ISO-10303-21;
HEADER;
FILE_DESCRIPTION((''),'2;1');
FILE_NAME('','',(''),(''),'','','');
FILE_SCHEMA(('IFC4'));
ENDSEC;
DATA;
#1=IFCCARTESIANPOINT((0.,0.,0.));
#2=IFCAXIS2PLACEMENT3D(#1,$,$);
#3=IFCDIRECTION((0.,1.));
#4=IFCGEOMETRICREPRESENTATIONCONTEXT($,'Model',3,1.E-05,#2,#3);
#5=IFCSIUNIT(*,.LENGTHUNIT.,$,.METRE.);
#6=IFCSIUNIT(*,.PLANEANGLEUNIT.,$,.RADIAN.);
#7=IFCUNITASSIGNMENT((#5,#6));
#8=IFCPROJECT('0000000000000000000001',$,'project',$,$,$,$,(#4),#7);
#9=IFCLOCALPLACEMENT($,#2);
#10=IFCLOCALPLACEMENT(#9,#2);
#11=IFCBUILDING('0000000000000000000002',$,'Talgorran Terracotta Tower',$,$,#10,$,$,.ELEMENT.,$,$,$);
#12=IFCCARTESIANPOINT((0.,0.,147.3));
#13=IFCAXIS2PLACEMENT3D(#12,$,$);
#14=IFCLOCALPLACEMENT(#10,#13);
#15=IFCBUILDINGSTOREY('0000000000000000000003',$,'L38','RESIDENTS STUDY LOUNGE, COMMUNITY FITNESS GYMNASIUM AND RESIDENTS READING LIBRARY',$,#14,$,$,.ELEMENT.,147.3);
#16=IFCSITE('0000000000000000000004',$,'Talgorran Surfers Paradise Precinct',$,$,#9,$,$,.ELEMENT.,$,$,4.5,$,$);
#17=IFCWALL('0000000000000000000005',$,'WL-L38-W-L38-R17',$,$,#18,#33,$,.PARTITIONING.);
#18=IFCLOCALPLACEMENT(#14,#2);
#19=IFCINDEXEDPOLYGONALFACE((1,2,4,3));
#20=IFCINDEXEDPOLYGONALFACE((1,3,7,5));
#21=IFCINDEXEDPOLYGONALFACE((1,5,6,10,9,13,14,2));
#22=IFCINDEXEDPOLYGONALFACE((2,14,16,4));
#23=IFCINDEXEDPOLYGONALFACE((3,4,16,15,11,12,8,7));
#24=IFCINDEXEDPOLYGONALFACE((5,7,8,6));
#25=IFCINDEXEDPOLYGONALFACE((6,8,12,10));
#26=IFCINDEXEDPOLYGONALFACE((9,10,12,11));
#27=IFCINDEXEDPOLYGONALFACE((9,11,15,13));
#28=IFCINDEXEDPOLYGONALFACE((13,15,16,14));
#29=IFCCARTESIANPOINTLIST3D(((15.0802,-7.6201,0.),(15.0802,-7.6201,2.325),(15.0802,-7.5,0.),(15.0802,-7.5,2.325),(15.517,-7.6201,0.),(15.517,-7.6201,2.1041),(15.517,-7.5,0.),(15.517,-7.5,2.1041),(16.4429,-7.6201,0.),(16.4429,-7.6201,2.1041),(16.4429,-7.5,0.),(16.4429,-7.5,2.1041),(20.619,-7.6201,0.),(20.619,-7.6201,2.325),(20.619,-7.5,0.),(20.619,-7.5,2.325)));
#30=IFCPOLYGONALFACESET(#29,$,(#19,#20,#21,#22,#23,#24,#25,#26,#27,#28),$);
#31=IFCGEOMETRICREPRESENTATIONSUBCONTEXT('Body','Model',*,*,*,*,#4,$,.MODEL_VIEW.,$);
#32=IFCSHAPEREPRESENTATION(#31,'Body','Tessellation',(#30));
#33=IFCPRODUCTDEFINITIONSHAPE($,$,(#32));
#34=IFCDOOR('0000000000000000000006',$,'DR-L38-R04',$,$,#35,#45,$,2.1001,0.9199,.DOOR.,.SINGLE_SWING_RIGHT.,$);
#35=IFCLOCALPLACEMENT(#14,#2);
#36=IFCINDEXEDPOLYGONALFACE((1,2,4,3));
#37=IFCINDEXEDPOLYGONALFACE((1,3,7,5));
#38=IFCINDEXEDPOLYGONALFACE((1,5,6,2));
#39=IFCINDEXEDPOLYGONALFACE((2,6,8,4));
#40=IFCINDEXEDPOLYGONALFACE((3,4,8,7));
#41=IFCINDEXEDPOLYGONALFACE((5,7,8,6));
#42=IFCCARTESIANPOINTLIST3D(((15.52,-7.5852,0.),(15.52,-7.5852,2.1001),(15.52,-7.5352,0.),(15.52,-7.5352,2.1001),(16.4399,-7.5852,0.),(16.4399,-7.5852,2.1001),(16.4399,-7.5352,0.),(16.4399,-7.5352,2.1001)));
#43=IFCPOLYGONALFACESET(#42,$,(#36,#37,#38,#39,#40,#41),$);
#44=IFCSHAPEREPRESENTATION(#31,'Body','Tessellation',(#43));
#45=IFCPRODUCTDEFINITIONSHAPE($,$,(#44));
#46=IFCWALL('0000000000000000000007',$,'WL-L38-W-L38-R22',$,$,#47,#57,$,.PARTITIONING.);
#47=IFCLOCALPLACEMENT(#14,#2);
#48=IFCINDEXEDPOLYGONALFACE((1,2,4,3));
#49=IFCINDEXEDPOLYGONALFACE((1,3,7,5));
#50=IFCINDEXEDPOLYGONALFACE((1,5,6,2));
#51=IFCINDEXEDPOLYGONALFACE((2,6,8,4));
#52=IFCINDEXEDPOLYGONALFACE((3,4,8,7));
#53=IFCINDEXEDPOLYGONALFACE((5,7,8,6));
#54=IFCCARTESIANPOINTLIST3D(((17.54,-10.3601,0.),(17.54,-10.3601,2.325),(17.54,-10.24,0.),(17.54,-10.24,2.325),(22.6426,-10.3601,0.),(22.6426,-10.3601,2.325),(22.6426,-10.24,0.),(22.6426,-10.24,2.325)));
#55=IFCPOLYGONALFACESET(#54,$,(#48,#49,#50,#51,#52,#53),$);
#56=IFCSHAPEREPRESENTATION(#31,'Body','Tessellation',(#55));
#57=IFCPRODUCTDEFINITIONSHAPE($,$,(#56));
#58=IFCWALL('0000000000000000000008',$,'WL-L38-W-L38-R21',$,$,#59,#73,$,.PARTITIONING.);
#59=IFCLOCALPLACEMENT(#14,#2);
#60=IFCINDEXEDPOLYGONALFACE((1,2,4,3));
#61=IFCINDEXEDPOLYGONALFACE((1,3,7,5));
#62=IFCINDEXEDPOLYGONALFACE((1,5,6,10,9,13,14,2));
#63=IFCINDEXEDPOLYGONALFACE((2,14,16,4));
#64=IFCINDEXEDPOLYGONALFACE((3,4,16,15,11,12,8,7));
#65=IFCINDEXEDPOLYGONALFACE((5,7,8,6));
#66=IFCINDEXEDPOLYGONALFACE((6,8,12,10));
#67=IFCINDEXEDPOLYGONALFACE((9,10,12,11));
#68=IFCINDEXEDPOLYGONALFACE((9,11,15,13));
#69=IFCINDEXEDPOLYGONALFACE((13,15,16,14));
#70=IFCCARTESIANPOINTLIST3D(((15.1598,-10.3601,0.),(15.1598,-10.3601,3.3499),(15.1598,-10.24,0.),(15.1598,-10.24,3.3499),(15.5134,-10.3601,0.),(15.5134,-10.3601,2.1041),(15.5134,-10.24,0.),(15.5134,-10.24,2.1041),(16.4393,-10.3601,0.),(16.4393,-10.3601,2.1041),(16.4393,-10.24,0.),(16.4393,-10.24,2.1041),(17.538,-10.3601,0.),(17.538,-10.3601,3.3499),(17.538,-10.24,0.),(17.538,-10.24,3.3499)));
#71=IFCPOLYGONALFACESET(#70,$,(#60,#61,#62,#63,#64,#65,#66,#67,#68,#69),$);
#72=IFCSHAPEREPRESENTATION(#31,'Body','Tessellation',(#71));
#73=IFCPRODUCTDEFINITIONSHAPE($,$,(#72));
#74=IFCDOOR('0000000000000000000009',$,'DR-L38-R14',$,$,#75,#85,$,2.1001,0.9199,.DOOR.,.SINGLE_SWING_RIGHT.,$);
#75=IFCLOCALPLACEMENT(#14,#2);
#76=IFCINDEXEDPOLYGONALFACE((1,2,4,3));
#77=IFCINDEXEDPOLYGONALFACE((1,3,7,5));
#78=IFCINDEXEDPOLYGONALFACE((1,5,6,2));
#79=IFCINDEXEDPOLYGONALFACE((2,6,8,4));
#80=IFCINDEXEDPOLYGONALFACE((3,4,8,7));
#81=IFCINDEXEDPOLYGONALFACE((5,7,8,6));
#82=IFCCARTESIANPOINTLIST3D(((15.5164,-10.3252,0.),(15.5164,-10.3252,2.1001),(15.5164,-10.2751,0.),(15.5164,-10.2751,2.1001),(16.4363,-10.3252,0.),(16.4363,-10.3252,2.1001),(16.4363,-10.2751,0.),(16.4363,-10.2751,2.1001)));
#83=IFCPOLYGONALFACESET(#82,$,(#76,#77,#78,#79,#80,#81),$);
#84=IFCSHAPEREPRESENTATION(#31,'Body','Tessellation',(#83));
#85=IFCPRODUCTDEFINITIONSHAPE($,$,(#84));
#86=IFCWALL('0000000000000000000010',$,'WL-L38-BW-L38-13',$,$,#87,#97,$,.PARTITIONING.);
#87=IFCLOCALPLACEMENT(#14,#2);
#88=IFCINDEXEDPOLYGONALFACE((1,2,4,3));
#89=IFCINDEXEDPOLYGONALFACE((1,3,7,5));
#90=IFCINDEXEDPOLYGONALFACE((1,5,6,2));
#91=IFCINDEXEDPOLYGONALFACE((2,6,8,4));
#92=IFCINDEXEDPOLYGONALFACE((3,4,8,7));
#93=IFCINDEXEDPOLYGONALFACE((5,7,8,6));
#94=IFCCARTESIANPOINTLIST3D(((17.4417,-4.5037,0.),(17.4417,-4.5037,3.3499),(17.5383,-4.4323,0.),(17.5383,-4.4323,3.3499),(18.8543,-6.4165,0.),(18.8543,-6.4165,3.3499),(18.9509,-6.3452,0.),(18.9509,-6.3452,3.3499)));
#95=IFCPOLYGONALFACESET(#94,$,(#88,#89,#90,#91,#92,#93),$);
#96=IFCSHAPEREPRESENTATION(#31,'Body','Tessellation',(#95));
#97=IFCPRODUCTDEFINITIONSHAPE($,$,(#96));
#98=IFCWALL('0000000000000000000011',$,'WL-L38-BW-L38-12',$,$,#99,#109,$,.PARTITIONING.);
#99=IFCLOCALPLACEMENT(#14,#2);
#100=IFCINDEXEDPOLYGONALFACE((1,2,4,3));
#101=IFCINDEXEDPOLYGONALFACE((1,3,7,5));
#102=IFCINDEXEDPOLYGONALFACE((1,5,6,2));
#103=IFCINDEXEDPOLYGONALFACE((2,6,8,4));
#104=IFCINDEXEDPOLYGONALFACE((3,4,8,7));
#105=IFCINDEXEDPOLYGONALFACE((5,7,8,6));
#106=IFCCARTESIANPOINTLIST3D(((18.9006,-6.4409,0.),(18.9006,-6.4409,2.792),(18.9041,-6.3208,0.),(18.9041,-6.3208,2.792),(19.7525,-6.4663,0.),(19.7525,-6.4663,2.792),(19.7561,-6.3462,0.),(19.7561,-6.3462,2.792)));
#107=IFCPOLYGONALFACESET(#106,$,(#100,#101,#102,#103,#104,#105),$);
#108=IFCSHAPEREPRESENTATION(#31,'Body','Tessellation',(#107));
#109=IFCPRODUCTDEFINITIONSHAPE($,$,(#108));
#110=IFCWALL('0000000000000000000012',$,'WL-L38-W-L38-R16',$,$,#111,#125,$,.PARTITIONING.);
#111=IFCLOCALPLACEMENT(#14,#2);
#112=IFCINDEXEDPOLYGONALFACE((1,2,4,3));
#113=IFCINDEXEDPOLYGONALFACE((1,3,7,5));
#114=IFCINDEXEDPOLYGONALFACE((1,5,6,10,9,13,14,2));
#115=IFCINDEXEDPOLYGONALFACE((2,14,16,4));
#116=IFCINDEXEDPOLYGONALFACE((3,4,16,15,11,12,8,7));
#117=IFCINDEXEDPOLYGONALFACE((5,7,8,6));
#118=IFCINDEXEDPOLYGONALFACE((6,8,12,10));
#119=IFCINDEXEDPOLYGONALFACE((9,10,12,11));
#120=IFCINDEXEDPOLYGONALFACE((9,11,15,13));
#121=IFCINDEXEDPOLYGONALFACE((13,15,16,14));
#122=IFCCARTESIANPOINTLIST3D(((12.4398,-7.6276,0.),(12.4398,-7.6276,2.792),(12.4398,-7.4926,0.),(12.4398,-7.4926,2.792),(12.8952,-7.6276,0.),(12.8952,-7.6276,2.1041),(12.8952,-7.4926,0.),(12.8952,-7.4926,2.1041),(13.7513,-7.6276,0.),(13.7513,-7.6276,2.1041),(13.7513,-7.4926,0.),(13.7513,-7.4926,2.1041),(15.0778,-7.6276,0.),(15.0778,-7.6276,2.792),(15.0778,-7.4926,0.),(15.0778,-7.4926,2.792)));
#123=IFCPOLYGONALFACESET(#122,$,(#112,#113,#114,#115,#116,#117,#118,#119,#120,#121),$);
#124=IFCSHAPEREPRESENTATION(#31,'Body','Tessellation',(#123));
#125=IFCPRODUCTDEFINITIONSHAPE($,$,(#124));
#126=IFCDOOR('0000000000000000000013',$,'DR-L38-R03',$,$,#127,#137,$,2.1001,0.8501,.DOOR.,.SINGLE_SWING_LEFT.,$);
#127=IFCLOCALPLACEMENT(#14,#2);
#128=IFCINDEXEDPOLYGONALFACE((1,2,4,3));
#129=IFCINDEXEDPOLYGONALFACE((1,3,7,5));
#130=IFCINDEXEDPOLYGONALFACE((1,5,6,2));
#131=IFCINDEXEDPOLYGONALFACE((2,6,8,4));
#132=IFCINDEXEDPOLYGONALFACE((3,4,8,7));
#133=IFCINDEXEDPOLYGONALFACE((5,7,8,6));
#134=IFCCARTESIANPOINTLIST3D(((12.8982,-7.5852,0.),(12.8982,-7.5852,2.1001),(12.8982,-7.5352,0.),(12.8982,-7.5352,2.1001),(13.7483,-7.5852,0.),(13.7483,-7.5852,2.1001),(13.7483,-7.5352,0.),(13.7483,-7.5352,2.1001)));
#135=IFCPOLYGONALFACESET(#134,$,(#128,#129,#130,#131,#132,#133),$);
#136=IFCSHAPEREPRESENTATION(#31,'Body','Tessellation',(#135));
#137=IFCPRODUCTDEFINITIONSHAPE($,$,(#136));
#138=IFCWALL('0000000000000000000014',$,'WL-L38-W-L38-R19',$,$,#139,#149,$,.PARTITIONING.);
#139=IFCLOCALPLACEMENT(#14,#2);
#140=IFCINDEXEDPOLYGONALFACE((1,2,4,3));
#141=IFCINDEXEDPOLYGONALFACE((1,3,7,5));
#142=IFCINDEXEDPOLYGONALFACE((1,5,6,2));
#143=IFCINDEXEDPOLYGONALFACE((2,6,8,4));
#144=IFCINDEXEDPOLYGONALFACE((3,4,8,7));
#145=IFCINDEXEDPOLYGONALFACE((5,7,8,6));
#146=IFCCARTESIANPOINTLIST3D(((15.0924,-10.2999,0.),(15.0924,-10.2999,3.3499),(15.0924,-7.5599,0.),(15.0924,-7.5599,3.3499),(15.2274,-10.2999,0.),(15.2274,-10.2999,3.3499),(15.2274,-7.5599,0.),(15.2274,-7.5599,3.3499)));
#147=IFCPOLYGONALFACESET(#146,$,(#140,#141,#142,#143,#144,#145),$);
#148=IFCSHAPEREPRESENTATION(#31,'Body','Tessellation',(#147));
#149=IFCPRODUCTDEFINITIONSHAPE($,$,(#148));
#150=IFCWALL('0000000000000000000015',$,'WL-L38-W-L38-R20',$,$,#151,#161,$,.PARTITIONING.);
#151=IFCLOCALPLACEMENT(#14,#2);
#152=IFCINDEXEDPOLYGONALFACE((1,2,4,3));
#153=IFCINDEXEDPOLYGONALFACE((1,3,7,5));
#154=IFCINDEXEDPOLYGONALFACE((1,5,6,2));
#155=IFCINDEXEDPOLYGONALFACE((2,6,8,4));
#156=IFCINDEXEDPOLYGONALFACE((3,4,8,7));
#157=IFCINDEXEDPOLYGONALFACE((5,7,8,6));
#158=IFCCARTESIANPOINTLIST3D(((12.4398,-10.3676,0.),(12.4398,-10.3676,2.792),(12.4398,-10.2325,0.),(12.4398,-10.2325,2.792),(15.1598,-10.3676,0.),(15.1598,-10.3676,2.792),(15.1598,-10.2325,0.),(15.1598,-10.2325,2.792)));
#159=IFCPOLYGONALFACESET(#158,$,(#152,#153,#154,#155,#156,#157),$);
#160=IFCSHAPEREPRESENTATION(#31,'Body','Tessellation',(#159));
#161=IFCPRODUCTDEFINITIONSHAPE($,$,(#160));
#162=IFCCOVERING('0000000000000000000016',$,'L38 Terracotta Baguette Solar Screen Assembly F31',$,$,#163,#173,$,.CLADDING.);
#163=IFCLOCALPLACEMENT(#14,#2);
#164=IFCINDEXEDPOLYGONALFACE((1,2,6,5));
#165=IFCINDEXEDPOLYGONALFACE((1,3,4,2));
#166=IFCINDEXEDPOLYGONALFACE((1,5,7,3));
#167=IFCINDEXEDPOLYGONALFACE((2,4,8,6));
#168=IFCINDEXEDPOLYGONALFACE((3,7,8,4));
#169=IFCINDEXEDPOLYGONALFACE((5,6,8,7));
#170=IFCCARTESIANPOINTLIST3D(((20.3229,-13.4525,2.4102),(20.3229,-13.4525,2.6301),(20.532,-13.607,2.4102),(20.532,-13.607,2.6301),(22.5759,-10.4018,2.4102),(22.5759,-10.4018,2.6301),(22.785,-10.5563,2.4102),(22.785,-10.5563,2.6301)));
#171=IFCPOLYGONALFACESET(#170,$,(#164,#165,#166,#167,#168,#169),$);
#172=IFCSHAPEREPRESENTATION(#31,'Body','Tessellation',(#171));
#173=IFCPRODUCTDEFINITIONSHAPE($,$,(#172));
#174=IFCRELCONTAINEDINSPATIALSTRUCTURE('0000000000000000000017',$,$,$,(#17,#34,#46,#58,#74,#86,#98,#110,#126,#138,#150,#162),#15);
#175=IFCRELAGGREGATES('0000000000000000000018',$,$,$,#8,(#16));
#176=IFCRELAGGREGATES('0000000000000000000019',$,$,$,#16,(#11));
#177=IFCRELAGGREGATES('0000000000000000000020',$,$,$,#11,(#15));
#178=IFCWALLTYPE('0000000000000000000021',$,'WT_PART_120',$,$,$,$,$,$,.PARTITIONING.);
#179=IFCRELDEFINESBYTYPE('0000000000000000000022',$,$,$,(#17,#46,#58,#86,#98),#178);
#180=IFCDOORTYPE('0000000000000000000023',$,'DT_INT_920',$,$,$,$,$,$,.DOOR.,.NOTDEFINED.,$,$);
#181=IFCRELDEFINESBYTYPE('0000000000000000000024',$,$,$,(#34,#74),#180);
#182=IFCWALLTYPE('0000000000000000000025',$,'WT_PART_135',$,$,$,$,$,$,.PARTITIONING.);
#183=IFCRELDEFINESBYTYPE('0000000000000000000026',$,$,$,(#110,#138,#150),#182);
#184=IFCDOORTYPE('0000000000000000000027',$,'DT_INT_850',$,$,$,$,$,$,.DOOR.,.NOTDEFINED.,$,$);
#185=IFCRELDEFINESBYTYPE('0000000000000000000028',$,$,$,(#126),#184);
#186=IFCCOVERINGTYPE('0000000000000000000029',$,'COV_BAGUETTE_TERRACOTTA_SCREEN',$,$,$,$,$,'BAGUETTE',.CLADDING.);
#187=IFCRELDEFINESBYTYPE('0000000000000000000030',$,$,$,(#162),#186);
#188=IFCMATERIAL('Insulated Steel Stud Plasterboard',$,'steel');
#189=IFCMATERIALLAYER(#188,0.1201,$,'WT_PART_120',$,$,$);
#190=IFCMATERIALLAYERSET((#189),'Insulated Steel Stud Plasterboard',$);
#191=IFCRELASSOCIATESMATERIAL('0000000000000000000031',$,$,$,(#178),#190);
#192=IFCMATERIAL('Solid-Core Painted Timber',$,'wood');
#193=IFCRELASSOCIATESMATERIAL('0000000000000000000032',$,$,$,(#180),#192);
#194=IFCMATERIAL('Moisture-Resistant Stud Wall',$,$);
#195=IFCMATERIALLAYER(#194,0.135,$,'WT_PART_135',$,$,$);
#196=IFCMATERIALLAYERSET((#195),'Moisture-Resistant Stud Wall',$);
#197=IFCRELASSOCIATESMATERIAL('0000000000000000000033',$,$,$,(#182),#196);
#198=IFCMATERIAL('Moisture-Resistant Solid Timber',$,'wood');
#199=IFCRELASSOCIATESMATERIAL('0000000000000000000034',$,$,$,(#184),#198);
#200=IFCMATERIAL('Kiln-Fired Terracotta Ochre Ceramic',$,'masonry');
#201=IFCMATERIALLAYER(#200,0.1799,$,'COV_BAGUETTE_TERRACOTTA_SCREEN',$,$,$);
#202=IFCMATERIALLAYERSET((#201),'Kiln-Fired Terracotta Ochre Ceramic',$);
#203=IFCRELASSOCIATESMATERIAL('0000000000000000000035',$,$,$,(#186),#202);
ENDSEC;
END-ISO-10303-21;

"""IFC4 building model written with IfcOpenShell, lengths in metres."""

from ifc_helpers import new_model, si_unit, direction, frame, frame_2d, origin, origin_2d, place, context, subcontext, project, spatial, rectangle, extrude, material, layer, layer_set, type_object, element, fill, save


model = new_model("IFC4")

# Units and contexts
model_context = context("Model", 3, precision=1e-05, world=origin(), true_north=direction((0.0, 1.0)))
body_context = subcontext(model_context, "Body", "Model", "MODEL_VIEW")
ifc_project = project(units=[si_unit("LENGTHUNIT", "METRE"), si_unit("PLANEANGLEUNIT", "RADIAN")], contexts=[model_context])

# Site, building, storey
site_placement = place(None, origin())
site = spatial("IfcSite", under=ifc_project, at=site_placement, Name="Talgorran Surfers Paradise Precinct", CompositionType="ELEMENT", RefElevation=4.5)
building_placement = place(site_placement, origin())
building = spatial("IfcBuilding", under=site, at=building_placement, Name="Talgorran Terracotta Tower", CompositionType="ELEMENT")
storey_placement = place(building_placement, frame((0.0, 0.0, 147.3)))
storey = spatial("IfcBuildingStorey", under=building, at=storey_placement, Name="L38", Description="RESIDENTS STUDY LOUNGE, COMMUNITY FITNESS GYMNASIUM AND RESIDENTS READING LIBRARY", CompositionType="ELEMENT", Elevation=147.3)

# Wall, opening, door
ifc_material_1 = material(Name="Insulated Steel Stud Plasterboard", Category="steel")
ifc_layer_1 = layer(ifc_material_1, 0.1201, Name="WT_PART_120")
ifc_layer_set_1 = layer_set([ifc_layer_1], Name="Insulated Steel Stud Plasterboard")
wall_type_1 = type_object("IfcWallType", Name="WT_PART_120", PredefinedType="PARTITIONING", material=ifc_layer_set_1)
wall_1_placement = place(storey_placement, frame((15.0801, -7.5601, 0.0), z_axis=(0.0, 0.0, 1.0), x_axis=(1.0, 0.0, 0.0)))
wall_1 = element("IfcWall", 1, at=wall_1_placement, inside=storey, type_object=wall_type_1, Name="WL-L38-W-L38-R17", PredefinedType="PARTITIONING", context=body_context, shape_type="SweptSolid", body=[
    extrude(rectangle(XDim=5.5388, YDim=0.1201, at=frame_2d((2.7695, 0.0))), origin(), (0.0, 0.0, 1.0), 2.325),
])
opening_1_placement = place(wall_1_placement, frame((0.4399, 0.0, 0.0)))
opening_1 = element("IfcOpeningElement", 2, at=opening_1_placement, cuts=wall_1, PredefinedType="OPENING", context=body_context, shape_type="SweptSolid", body=[
    extrude(rectangle(XDim=0.9259, YDim=2.1041, at=frame_2d((0.46, 1.052))), frame((0.0, 0.0701, 0.0), z_axis=(0.0, -1.0, 0.0), x_axis=(1.0, 0.0, 0.0)), (0.0, 0.0, 1.0), 0.1401),
])
ifc_material_2 = material(Name="Solid-Core Painted Timber", Category="wood")
door_type_1 = type_object("IfcDoorType", Name="DT_INT_920", OperationType="NOTDEFINED", PredefinedType="DOOR", material=ifc_material_2)
door_1_placement = place(opening_1_placement, origin())
door_1 = element("IfcDoor", 3, at=door_1_placement, inside=storey, type_object=door_type_1, Name="DR-L38-R04", OperationType="SINGLE_SWING_RIGHT", OverallHeight=2.1001, OverallWidth=0.9199, PredefinedType="DOOR", context=body_context, shape_type="SweptSolid", body=[
    extrude(rectangle(XDim=0.9199, YDim=2.1001, at=frame_2d((0.46, 1.05))), frame((0.0, 0.0249, 0.0), z_axis=(0.0, -1.0, 0.0), x_axis=(1.0, 0.0, 0.0)), (0.0, 0.0, 1.0), 0.05),
])
fill(opening_1, door_1)

# Wall
wall_2_placement = place(storey_placement, frame((17.54, -10.3, 0.0), z_axis=(0.0, 0.0, 1.0), x_axis=(1.0, 0.0, 0.0)))
element("IfcWall", 4, at=wall_2_placement, inside=storey, type_object=wall_type_1, Name="WL-L38-W-L38-R22", PredefinedType="PARTITIONING", context=body_context, shape_type="SweptSolid", body=[
    extrude(rectangle(XDim=5.1025, YDim=0.1201, at=frame_2d((2.5513, 0.0))), origin(), (0.0, 0.0, 1.0), 2.325),
])

# Wall, opening, door
wall_3_placement = place(storey_placement, frame((15.1599, -10.3, 0.0), z_axis=(0.0, 0.0, 1.0), x_axis=(1.0, 0.0, 0.0)))
wall_3 = element("IfcWall", 5, at=wall_3_placement, inside=storey, type_object=wall_type_1, Name="WL-L38-W-L38-R21", PredefinedType="PARTITIONING", context=body_context, shape_type="SweptSolid", body=[
    extrude(rectangle(XDim=2.3782, YDim=0.1201, at=frame_2d((1.189, 0.0))), origin(), (0.0, 0.0, 1.0), 3.3499),
])
opening_2_placement = place(wall_3_placement, frame((0.3564, 0.0, 0.0)))
opening_2 = element("IfcOpeningElement", 6, at=opening_2_placement, cuts=wall_3, PredefinedType="OPENING", context=body_context, shape_type="SweptSolid", body=[
    extrude(rectangle(XDim=0.9259, YDim=2.1041, at=frame_2d((0.46, 1.052))), frame((0.0, 0.0701, 0.0), z_axis=(0.0, -1.0, 0.0), x_axis=(1.0, 0.0, 0.0)), (0.0, 0.0, 1.0), 0.1401),
])
door_2_placement = place(opening_2_placement, origin())
door_2 = element("IfcDoor", 7, at=door_2_placement, inside=storey, type_object=door_type_1, Name="DR-L38-R14", OperationType="SINGLE_SWING_RIGHT", OverallHeight=2.1001, OverallWidth=0.9199, PredefinedType="DOOR", context=body_context, shape_type="SweptSolid", body=[
    extrude(rectangle(XDim=0.9199, YDim=2.1001, at=frame_2d((0.46, 1.05))), frame((0.0, 0.0249, 0.0), z_axis=(0.0, -1.0, 0.0), x_axis=(1.0, 0.0, 0.0)), (0.0, 0.0, 1.0), 0.05),
])
fill(opening_2, door_2)

# Walls
wall_4_placement = place(storey_placement, frame((18.9026, -6.3809, 0.0), z_axis=(0.0, 0.0, 1.0), x_axis=(-0.594053, 0.804426, 0.0)))
element("IfcWall", 8, at=wall_4_placement, inside=storey, type_object=wall_type_1, Name="WL-L38-BW-L38-13", PredefinedType="PARTITIONING", context=body_context, shape_type="SweptSolid", body=[
    extrude(rectangle(XDim=2.3779, YDim=0.1201, at=frame_2d((1.189, 0.0))), origin(), (0.0, 0.0, 1.0), 3.3499),
])
wall_5_placement = place(storey_placement, frame((19.7544, -6.4062, 0.0), z_axis=(0.0, 0.0, 1.0), x_axis=(-0.999556, 0.029795, 0.0)))
element("IfcWall", 9, at=wall_5_placement, inside=storey, type_object=wall_type_1, Name="WL-L38-BW-L38-12", PredefinedType="PARTITIONING", context=body_context, shape_type="SweptSolid", body=[
    extrude(rectangle(XDim=0.8523, YDim=0.1201, at=frame_2d((0.4263, 0.0))), origin(), (0.0, 0.0, 1.0), 2.792),
])

# Wall, opening, door
ifc_material_3 = material(Name="Moisture-Resistant Stud Wall")
ifc_layer_2 = layer(ifc_material_3, 0.135, Name="WT_PART_135")
ifc_layer_set_2 = layer_set([ifc_layer_2], Name="Moisture-Resistant Stud Wall")
wall_type_2 = type_object("IfcWallType", Name="WT_PART_135", PredefinedType="PARTITIONING", material=ifc_layer_set_2)
wall_6_placement = place(storey_placement, frame((12.4399, -7.5601, 0.0), z_axis=(0.0, 0.0, 1.0), x_axis=(1.0, 0.0, 0.0)))
wall_6 = element("IfcWall", 10, at=wall_6_placement, inside=storey, type_object=wall_type_2, Name="WL-L38-W-L38-R16", PredefinedType="PARTITIONING", context=body_context, shape_type="SweptSolid", body=[
    extrude(rectangle(XDim=2.6379, YDim=0.135, at=frame_2d((1.3188, 0.0))), origin(), (0.0, 0.0, 1.0), 2.792),
])
opening_3_placement = place(wall_6_placement, frame((0.4583, 0.0, 0.0)))
opening_3 = element("IfcOpeningElement", 11, at=opening_3_placement, cuts=wall_6, PredefinedType="OPENING", context=body_context, shape_type="SweptSolid", body=[
    extrude(rectangle(XDim=0.8561, YDim=2.1041, at=frame_2d((0.425, 1.052))), frame((0.0, 0.0776, 0.0), z_axis=(0.0, -1.0, 0.0), x_axis=(1.0, 0.0, 0.0)), (0.0, 0.0, 1.0), 0.155),
])
ifc_material_4 = material(Name="Moisture-Resistant Solid Timber", Category="wood")
door_type_2 = type_object("IfcDoorType", Name="DT_INT_850", OperationType="NOTDEFINED", PredefinedType="DOOR", material=ifc_material_4)
door_3_placement = place(opening_3_placement, origin())
door_3 = element("IfcDoor", 12, at=door_3_placement, inside=storey, type_object=door_type_2, Name="DR-L38-R03", OperationType="SINGLE_SWING_LEFT", OverallHeight=2.1001, OverallWidth=0.8501, PredefinedType="DOOR", context=body_context, shape_type="SweptSolid", body=[
    extrude(rectangle(XDim=0.8501, YDim=2.1001, at=frame_2d((0.425, 1.05))), frame((0.0, 0.0249, 0.0), z_axis=(0.0, -1.0, 0.0), x_axis=(1.0, 0.0, 0.0)), (0.0, 0.0, 1.0), 0.05),
])
fill(opening_3, door_3)

# Walls
wall_7_placement = place(storey_placement, frame((15.1599, -10.3, 0.0), z_axis=(0.0, 0.0, 1.0), x_axis=(0.0, 1.0, 0.0)))
element("IfcWall", 13, at=wall_7_placement, inside=storey, type_object=wall_type_2, Name="WL-L38-W-L38-R19", PredefinedType="PARTITIONING", context=body_context, shape_type="SweptSolid", body=[
    extrude(rectangle(XDim=2.74, YDim=0.135, at=frame_2d((1.3701, 0.0))), origin(), (0.0, 0.0, 1.0), 3.3499),
])
wall_8_placement = place(storey_placement, frame((12.4399, -10.3, 0.0), z_axis=(0.0, 0.0, 1.0), x_axis=(1.0, 0.0, 0.0)))
element("IfcWall", 14, at=wall_8_placement, inside=storey, type_object=wall_type_2, Name="WL-L38-W-L38-R20", PredefinedType="PARTITIONING", context=body_context, shape_type="SweptSolid", body=[
    extrude(rectangle(XDim=2.72, YDim=0.135, at=frame_2d((1.3599, 0.0))), origin(), (0.0, 0.0, 1.0), 2.792),
])

# Covering
ifc_material_5 = material(Name="Kiln-Fired Terracotta Ochre Ceramic", Category="masonry")
ifc_layer_3 = layer(ifc_material_5, 0.1799, Name="COV_BAGUETTE_TERRACOTTA_SCREEN")
ifc_layer_set_3 = layer_set([ifc_layer_3], Name="Kiln-Fired Terracotta Ochre Ceramic")
covering_type = type_object("IfcCoveringType", Name="COV_BAGUETTE_TERRACOTTA_SCREEN", ElementType="BAGUETTE", PredefinedType="CLADDING", material=ifc_layer_set_3)
covering_placement = place(storey_placement, frame((21.554, -12.0044, 2.4102), z_axis=(0.0, 0.0, 1.0), x_axis=(0.594079, 0.804407, 0.0)))
element("IfcCovering", 15, at=covering_placement, inside=storey, type_object=covering_type, Name="L38 Terracotta Baguette Solar Screen Assembly F31", PredefinedType="CLADDING", context=body_context, shape_type="SweptSolid", body=[
    extrude(rectangle(XDim=3.7925, YDim=0.26, at=origin_2d()), origin(), (0.0, 0.0, 1.0), 0.22),
])

save(model, "model.ifc")
